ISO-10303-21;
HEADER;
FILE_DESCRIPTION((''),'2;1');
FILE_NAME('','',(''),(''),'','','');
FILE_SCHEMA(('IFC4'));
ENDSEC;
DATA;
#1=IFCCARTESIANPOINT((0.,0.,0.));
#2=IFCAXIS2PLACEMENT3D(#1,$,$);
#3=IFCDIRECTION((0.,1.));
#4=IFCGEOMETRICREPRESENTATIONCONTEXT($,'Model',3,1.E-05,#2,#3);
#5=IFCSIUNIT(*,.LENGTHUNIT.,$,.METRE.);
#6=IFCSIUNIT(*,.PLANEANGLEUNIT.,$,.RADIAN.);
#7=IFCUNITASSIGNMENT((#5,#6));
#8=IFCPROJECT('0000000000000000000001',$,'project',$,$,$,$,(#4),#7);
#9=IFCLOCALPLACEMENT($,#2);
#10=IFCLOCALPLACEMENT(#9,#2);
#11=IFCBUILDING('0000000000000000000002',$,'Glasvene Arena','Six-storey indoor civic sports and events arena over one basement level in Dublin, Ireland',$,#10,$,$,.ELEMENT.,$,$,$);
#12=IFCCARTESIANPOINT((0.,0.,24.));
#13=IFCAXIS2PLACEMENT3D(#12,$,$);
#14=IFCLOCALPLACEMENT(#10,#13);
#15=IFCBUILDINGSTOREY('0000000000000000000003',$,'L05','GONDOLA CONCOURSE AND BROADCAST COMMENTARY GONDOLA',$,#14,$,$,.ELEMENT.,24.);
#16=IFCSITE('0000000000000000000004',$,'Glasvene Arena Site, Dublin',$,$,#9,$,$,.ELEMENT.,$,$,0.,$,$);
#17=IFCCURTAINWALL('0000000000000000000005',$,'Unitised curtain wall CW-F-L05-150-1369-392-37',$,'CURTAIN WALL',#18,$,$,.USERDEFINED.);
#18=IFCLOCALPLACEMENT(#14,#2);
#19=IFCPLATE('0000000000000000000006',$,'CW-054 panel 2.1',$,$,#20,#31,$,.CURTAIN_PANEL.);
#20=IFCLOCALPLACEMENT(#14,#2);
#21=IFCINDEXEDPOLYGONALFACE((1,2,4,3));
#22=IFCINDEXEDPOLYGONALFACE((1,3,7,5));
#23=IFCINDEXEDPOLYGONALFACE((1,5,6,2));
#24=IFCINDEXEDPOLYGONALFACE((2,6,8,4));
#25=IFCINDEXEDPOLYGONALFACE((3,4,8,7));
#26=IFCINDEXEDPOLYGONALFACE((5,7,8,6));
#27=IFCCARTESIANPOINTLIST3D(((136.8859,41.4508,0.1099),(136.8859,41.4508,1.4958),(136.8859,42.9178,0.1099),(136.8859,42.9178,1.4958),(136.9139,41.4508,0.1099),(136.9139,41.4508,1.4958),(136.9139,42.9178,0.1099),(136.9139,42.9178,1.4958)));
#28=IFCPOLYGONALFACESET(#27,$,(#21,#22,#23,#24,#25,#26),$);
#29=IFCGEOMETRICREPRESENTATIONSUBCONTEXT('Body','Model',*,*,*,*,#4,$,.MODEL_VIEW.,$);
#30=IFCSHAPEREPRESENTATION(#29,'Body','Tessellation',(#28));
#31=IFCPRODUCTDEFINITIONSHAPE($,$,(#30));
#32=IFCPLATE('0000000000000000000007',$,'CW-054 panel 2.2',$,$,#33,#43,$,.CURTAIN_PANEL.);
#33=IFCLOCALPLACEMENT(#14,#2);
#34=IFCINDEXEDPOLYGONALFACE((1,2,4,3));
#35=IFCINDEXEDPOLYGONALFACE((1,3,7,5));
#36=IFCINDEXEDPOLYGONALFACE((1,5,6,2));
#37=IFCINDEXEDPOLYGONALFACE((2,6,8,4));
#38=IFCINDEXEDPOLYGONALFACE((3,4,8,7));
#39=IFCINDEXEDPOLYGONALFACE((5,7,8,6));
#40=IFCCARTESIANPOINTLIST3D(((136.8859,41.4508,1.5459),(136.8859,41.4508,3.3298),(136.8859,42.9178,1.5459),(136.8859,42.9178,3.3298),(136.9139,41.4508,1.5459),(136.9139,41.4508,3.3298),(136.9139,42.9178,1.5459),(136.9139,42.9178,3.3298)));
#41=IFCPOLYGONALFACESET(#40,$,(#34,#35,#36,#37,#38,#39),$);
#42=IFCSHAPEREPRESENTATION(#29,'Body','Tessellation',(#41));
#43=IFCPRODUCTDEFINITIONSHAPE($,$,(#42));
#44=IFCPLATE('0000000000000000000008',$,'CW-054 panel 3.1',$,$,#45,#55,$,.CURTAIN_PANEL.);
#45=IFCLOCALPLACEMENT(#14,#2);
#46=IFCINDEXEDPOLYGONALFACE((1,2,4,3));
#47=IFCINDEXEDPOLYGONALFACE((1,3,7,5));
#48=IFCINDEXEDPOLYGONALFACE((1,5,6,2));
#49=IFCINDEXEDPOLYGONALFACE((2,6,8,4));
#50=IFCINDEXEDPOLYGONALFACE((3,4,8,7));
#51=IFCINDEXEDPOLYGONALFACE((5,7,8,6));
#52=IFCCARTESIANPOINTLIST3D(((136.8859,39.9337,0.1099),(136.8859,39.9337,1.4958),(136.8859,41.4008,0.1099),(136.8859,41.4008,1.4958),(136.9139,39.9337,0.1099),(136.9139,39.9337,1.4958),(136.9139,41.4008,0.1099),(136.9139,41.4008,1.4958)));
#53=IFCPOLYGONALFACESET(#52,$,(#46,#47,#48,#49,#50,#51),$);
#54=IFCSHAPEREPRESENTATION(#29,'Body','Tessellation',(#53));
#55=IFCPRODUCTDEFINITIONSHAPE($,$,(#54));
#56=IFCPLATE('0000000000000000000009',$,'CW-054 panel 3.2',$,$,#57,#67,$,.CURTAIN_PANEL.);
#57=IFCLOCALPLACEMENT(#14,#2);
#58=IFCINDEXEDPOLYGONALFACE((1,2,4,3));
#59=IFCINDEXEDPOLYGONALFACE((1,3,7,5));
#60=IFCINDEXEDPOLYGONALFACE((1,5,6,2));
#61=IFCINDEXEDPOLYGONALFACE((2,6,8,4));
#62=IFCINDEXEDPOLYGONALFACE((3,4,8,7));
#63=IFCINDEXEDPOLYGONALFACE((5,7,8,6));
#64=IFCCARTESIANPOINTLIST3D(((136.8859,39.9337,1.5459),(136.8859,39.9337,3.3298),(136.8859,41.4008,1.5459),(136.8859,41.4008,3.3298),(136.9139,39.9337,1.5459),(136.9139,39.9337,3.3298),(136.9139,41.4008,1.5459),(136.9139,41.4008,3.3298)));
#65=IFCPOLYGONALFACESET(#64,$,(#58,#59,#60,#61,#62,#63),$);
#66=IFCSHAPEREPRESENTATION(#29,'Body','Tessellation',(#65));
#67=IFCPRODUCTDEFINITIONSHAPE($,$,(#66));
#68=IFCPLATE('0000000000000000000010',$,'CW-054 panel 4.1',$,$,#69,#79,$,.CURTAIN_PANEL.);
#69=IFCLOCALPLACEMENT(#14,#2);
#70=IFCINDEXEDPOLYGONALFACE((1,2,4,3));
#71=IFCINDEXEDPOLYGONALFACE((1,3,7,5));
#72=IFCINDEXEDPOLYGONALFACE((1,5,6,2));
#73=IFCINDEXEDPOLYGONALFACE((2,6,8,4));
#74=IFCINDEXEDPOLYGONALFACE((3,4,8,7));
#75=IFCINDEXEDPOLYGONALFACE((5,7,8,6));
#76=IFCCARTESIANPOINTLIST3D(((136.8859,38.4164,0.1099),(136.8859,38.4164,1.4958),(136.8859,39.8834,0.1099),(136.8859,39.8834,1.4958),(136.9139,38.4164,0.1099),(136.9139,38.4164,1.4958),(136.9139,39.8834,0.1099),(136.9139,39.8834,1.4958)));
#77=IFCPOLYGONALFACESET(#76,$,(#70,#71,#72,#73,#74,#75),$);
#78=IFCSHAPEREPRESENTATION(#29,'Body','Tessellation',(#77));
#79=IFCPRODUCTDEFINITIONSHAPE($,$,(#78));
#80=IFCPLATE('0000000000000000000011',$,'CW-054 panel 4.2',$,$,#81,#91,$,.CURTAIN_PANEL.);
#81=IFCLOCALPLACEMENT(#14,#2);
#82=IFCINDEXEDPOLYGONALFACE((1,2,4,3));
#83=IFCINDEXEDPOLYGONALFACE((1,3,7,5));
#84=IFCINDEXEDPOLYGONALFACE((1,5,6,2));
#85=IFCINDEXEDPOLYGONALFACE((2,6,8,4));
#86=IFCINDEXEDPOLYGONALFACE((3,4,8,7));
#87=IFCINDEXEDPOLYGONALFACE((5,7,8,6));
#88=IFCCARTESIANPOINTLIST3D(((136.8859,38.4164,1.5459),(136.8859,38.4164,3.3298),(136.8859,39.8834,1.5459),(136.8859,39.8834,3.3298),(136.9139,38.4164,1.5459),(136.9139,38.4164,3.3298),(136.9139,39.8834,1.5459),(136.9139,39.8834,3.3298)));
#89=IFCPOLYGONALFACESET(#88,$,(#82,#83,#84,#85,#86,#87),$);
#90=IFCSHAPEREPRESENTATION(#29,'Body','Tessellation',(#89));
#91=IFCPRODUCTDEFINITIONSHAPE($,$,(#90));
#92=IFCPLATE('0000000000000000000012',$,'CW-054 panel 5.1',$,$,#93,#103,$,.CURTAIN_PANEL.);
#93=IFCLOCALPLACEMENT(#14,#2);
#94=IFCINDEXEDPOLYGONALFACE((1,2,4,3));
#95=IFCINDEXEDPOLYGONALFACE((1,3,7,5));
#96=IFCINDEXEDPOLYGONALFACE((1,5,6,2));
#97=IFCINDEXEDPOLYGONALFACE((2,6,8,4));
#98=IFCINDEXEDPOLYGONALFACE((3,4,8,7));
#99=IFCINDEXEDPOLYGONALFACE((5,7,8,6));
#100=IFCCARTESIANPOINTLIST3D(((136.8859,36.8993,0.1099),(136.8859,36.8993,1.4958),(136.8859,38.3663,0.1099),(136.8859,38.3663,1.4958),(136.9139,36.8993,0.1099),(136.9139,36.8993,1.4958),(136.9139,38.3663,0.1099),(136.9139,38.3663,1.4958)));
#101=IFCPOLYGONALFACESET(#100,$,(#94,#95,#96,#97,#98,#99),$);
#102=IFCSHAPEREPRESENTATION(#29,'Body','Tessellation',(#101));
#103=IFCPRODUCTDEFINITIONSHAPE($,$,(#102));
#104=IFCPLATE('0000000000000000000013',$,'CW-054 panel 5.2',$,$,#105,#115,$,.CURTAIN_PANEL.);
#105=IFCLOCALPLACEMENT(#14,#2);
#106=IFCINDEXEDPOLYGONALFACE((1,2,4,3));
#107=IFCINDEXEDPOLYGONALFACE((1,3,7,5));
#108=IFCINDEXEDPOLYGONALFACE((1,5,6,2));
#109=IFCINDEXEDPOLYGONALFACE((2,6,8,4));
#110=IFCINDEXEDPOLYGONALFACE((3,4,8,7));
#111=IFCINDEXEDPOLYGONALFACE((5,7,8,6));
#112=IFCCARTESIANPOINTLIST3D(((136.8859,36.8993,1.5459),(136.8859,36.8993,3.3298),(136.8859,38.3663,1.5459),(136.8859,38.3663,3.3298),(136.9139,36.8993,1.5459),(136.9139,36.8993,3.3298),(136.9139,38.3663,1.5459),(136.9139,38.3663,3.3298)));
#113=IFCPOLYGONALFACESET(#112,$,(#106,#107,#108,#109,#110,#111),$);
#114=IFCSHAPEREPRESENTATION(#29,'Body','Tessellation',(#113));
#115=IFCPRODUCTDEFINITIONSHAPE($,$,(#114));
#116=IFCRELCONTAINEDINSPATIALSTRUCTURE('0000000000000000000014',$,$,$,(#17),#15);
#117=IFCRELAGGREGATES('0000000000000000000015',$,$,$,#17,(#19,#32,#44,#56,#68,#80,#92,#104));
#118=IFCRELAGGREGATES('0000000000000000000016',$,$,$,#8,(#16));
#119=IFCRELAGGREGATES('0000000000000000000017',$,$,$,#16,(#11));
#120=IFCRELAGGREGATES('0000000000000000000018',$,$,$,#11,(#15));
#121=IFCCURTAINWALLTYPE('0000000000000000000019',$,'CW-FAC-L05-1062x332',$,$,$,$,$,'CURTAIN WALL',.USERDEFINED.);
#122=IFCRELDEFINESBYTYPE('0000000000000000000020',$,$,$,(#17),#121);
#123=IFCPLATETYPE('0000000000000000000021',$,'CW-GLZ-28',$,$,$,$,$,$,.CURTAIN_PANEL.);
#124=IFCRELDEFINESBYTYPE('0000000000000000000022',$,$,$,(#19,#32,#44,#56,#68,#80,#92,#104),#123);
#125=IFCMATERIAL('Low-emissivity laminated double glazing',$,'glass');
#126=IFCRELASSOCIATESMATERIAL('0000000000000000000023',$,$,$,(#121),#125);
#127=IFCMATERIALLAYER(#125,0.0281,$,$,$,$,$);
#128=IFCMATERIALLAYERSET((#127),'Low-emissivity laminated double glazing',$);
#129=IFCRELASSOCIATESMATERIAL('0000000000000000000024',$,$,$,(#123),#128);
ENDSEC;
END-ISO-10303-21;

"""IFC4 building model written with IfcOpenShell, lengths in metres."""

from ifc_helpers import new_model, si_unit, direction, frame, origin, origin_2d, place, context, subcontext, project, spatial, rectangle, extrude, material, layer, layer_set, type_object, element, aggregate, save


model = new_model("IFC4")

# Units and contexts
model_context = context("Model", 3, precision=1e-05, world=origin(), true_north=direction((0.0, 1.0)))
body_context = subcontext(model_context, "Body", "Model", "MODEL_VIEW")
ifc_project = project(units=[si_unit("LENGTHUNIT", "METRE"), si_unit("PLANEANGLEUNIT", "RADIAN")], contexts=[model_context])

# Site, building, storey
site_placement = place(None, origin())
site = spatial("IfcSite", under=ifc_project, at=site_placement, Name="Glasvene Arena Site, Dublin", CompositionType="ELEMENT", RefElevation=0.0)
building_placement = place(site_placement, origin())
building = spatial("IfcBuilding", under=site, at=building_placement, Name="Glasvene Arena", Description="Six-storey indoor civic sports and events arena over one basement level in Dublin, Ireland", CompositionType="ELEMENT")
storey_placement = place(building_placement, frame((0.0, 0.0, 24.0)))
storey = spatial("IfcBuildingStorey", under=building, at=storey_placement, Name="L05", Description="GONDOLA CONCOURSE AND BROADCAST COMMENTARY GONDOLA", CompositionType="ELEMENT", Elevation=24.0)

# Curtain wall, plates
ifc_material_1 = material(Name="Low-emissivity laminated double glazing", Category="glass")
curtain_wall_type = type_object("IfcCurtainWallType", Name="CW-FAC-L05-1062x332", ElementType="CURTAIN WALL", PredefinedType="USERDEFINED", material=ifc_material_1)
curtain_wall_placement = place(storey_placement, frame((136.8999, 44.46, 0.0)))
curtain_wall = element("IfcCurtainWall", 1, at=curtain_wall_placement, inside=storey, type_object=curtain_wall_type, Name="Unitised curtain wall CW-F-L05-150-1369-392-37", ObjectType="CURTAIN WALL", PredefinedType="USERDEFINED")
ifc_layer = layer(ifc_material_1, 0.0281)
ifc_layer_set = layer_set([ifc_layer], Name="Low-emissivity laminated double glazing")
plate_type = type_object("IfcPlateType", Name="CW-GLZ-28", PredefinedType="CURTAIN_PANEL", material=ifc_layer_set)
plate_1_placement = place(storey_placement, frame((136.8999, 42.1843, 0.1099), z_axis=(0.0, 0.0, 1.0), x_axis=(0.0, -1.0, 0.0)))
plate_1 = element("IfcPlate", 2, at=plate_1_placement, type_object=plate_type, Name="CW-054 panel 2.1", PredefinedType="CURTAIN_PANEL", context=body_context, shape_type="SweptSolid", body=[
    extrude(rectangle(XDim=1.467, YDim=0.0281, at=origin_2d()), origin(), (0.0, 0.0, 1.0), 1.386),
])
plate_2_placement = place(storey_placement, frame((136.8999, 42.1843, 1.5459), z_axis=(0.0, 0.0, 1.0), x_axis=(0.0, -1.0, 0.0)))
plate_2 = element("IfcPlate", 3, at=plate_2_placement, type_object=plate_type, Name="CW-054 panel 2.2", PredefinedType="CURTAIN_PANEL", context=body_context, shape_type="SweptSolid", body=[
    extrude(rectangle(XDim=1.467, YDim=0.0281, at=origin_2d()), origin(), (0.0, 0.0, 1.0), 1.7839),
])
plate_3_placement = place(storey_placement, frame((136.8999, 40.6672, 0.1099), z_axis=(0.0, 0.0, 1.0), x_axis=(0.0, -1.0, 0.0)))
plate_3 = element("IfcPlate", 4, at=plate_3_placement, type_object=plate_type, Name="CW-054 panel 3.1", PredefinedType="CURTAIN_PANEL", context=body_context, shape_type="SweptSolid", body=[
    extrude(rectangle(XDim=1.467, YDim=0.0281, at=origin_2d()), origin(), (0.0, 0.0, 1.0), 1.386),
])
plate_4_placement = place(storey_placement, frame((136.8999, 40.6672, 1.5459), z_axis=(0.0, 0.0, 1.0), x_axis=(0.0, -1.0, 0.0)))
plate_4 = element("IfcPlate", 5, at=plate_4_placement, type_object=plate_type, Name="CW-054 panel 3.2", PredefinedType="CURTAIN_PANEL", context=body_context, shape_type="SweptSolid", body=[
    extrude(rectangle(XDim=1.467, YDim=0.0281, at=origin_2d()), origin(), (0.0, 0.0, 1.0), 1.7839),
])
plate_5_placement = place(storey_placement, frame((136.8999, 39.1499, 0.1099), z_axis=(0.0, 0.0, 1.0), x_axis=(0.0, -1.0, 0.0)))
plate_5 = element("IfcPlate", 6, at=plate_5_placement, type_object=plate_type, Name="CW-054 panel 4.1", PredefinedType="CURTAIN_PANEL", context=body_context, shape_type="SweptSolid", body=[
    extrude(rectangle(XDim=1.467, YDim=0.0281, at=origin_2d()), origin(), (0.0, 0.0, 1.0), 1.386),
])
plate_6_placement = place(storey_placement, frame((136.8999, 39.1499, 1.5459), z_axis=(0.0, 0.0, 1.0), x_axis=(0.0, -1.0, 0.0)))
plate_6 = element("IfcPlate", 7, at=plate_6_placement, type_object=plate_type, Name="CW-054 panel 4.2", PredefinedType="CURTAIN_PANEL", context=body_context, shape_type="SweptSolid", body=[
    extrude(rectangle(XDim=1.467, YDim=0.0281, at=origin_2d()), origin(), (0.0, 0.0, 1.0), 1.7839),
])
plate_7_placement = place(storey_placement, frame((136.8999, 37.6328, 0.1099), z_axis=(0.0, 0.0, 1.0), x_axis=(0.0, -1.0, 0.0)))
plate_7 = element("IfcPlate", 8, at=plate_7_placement, type_object=plate_type, Name="CW-054 panel 5.1", PredefinedType="CURTAIN_PANEL", context=body_context, shape_type="SweptSolid", body=[
    extrude(rectangle(XDim=1.467, YDim=0.0281, at=origin_2d()), origin(), (0.0, 0.0, 1.0), 1.386),
])
plate_8_placement = place(storey_placement, frame((136.8999, 37.6328, 1.5459), z_axis=(0.0, 0.0, 1.0), x_axis=(0.0, -1.0, 0.0)))
plate_8 = element("IfcPlate", 9, at=plate_8_placement, type_object=plate_type, Name="CW-054 panel 5.2", PredefinedType="CURTAIN_PANEL", context=body_context, shape_type="SweptSolid", body=[
    extrude(rectangle(XDim=1.467, YDim=0.0281, at=origin_2d()), origin(), (0.0, 0.0, 1.0), 1.7839),
])
aggregate(curtain_wall, [plate_1, plate_2, plate_3, plate_4, plate_5, plate_6, plate_7, plate_8])

save(model, "model.ifc")
